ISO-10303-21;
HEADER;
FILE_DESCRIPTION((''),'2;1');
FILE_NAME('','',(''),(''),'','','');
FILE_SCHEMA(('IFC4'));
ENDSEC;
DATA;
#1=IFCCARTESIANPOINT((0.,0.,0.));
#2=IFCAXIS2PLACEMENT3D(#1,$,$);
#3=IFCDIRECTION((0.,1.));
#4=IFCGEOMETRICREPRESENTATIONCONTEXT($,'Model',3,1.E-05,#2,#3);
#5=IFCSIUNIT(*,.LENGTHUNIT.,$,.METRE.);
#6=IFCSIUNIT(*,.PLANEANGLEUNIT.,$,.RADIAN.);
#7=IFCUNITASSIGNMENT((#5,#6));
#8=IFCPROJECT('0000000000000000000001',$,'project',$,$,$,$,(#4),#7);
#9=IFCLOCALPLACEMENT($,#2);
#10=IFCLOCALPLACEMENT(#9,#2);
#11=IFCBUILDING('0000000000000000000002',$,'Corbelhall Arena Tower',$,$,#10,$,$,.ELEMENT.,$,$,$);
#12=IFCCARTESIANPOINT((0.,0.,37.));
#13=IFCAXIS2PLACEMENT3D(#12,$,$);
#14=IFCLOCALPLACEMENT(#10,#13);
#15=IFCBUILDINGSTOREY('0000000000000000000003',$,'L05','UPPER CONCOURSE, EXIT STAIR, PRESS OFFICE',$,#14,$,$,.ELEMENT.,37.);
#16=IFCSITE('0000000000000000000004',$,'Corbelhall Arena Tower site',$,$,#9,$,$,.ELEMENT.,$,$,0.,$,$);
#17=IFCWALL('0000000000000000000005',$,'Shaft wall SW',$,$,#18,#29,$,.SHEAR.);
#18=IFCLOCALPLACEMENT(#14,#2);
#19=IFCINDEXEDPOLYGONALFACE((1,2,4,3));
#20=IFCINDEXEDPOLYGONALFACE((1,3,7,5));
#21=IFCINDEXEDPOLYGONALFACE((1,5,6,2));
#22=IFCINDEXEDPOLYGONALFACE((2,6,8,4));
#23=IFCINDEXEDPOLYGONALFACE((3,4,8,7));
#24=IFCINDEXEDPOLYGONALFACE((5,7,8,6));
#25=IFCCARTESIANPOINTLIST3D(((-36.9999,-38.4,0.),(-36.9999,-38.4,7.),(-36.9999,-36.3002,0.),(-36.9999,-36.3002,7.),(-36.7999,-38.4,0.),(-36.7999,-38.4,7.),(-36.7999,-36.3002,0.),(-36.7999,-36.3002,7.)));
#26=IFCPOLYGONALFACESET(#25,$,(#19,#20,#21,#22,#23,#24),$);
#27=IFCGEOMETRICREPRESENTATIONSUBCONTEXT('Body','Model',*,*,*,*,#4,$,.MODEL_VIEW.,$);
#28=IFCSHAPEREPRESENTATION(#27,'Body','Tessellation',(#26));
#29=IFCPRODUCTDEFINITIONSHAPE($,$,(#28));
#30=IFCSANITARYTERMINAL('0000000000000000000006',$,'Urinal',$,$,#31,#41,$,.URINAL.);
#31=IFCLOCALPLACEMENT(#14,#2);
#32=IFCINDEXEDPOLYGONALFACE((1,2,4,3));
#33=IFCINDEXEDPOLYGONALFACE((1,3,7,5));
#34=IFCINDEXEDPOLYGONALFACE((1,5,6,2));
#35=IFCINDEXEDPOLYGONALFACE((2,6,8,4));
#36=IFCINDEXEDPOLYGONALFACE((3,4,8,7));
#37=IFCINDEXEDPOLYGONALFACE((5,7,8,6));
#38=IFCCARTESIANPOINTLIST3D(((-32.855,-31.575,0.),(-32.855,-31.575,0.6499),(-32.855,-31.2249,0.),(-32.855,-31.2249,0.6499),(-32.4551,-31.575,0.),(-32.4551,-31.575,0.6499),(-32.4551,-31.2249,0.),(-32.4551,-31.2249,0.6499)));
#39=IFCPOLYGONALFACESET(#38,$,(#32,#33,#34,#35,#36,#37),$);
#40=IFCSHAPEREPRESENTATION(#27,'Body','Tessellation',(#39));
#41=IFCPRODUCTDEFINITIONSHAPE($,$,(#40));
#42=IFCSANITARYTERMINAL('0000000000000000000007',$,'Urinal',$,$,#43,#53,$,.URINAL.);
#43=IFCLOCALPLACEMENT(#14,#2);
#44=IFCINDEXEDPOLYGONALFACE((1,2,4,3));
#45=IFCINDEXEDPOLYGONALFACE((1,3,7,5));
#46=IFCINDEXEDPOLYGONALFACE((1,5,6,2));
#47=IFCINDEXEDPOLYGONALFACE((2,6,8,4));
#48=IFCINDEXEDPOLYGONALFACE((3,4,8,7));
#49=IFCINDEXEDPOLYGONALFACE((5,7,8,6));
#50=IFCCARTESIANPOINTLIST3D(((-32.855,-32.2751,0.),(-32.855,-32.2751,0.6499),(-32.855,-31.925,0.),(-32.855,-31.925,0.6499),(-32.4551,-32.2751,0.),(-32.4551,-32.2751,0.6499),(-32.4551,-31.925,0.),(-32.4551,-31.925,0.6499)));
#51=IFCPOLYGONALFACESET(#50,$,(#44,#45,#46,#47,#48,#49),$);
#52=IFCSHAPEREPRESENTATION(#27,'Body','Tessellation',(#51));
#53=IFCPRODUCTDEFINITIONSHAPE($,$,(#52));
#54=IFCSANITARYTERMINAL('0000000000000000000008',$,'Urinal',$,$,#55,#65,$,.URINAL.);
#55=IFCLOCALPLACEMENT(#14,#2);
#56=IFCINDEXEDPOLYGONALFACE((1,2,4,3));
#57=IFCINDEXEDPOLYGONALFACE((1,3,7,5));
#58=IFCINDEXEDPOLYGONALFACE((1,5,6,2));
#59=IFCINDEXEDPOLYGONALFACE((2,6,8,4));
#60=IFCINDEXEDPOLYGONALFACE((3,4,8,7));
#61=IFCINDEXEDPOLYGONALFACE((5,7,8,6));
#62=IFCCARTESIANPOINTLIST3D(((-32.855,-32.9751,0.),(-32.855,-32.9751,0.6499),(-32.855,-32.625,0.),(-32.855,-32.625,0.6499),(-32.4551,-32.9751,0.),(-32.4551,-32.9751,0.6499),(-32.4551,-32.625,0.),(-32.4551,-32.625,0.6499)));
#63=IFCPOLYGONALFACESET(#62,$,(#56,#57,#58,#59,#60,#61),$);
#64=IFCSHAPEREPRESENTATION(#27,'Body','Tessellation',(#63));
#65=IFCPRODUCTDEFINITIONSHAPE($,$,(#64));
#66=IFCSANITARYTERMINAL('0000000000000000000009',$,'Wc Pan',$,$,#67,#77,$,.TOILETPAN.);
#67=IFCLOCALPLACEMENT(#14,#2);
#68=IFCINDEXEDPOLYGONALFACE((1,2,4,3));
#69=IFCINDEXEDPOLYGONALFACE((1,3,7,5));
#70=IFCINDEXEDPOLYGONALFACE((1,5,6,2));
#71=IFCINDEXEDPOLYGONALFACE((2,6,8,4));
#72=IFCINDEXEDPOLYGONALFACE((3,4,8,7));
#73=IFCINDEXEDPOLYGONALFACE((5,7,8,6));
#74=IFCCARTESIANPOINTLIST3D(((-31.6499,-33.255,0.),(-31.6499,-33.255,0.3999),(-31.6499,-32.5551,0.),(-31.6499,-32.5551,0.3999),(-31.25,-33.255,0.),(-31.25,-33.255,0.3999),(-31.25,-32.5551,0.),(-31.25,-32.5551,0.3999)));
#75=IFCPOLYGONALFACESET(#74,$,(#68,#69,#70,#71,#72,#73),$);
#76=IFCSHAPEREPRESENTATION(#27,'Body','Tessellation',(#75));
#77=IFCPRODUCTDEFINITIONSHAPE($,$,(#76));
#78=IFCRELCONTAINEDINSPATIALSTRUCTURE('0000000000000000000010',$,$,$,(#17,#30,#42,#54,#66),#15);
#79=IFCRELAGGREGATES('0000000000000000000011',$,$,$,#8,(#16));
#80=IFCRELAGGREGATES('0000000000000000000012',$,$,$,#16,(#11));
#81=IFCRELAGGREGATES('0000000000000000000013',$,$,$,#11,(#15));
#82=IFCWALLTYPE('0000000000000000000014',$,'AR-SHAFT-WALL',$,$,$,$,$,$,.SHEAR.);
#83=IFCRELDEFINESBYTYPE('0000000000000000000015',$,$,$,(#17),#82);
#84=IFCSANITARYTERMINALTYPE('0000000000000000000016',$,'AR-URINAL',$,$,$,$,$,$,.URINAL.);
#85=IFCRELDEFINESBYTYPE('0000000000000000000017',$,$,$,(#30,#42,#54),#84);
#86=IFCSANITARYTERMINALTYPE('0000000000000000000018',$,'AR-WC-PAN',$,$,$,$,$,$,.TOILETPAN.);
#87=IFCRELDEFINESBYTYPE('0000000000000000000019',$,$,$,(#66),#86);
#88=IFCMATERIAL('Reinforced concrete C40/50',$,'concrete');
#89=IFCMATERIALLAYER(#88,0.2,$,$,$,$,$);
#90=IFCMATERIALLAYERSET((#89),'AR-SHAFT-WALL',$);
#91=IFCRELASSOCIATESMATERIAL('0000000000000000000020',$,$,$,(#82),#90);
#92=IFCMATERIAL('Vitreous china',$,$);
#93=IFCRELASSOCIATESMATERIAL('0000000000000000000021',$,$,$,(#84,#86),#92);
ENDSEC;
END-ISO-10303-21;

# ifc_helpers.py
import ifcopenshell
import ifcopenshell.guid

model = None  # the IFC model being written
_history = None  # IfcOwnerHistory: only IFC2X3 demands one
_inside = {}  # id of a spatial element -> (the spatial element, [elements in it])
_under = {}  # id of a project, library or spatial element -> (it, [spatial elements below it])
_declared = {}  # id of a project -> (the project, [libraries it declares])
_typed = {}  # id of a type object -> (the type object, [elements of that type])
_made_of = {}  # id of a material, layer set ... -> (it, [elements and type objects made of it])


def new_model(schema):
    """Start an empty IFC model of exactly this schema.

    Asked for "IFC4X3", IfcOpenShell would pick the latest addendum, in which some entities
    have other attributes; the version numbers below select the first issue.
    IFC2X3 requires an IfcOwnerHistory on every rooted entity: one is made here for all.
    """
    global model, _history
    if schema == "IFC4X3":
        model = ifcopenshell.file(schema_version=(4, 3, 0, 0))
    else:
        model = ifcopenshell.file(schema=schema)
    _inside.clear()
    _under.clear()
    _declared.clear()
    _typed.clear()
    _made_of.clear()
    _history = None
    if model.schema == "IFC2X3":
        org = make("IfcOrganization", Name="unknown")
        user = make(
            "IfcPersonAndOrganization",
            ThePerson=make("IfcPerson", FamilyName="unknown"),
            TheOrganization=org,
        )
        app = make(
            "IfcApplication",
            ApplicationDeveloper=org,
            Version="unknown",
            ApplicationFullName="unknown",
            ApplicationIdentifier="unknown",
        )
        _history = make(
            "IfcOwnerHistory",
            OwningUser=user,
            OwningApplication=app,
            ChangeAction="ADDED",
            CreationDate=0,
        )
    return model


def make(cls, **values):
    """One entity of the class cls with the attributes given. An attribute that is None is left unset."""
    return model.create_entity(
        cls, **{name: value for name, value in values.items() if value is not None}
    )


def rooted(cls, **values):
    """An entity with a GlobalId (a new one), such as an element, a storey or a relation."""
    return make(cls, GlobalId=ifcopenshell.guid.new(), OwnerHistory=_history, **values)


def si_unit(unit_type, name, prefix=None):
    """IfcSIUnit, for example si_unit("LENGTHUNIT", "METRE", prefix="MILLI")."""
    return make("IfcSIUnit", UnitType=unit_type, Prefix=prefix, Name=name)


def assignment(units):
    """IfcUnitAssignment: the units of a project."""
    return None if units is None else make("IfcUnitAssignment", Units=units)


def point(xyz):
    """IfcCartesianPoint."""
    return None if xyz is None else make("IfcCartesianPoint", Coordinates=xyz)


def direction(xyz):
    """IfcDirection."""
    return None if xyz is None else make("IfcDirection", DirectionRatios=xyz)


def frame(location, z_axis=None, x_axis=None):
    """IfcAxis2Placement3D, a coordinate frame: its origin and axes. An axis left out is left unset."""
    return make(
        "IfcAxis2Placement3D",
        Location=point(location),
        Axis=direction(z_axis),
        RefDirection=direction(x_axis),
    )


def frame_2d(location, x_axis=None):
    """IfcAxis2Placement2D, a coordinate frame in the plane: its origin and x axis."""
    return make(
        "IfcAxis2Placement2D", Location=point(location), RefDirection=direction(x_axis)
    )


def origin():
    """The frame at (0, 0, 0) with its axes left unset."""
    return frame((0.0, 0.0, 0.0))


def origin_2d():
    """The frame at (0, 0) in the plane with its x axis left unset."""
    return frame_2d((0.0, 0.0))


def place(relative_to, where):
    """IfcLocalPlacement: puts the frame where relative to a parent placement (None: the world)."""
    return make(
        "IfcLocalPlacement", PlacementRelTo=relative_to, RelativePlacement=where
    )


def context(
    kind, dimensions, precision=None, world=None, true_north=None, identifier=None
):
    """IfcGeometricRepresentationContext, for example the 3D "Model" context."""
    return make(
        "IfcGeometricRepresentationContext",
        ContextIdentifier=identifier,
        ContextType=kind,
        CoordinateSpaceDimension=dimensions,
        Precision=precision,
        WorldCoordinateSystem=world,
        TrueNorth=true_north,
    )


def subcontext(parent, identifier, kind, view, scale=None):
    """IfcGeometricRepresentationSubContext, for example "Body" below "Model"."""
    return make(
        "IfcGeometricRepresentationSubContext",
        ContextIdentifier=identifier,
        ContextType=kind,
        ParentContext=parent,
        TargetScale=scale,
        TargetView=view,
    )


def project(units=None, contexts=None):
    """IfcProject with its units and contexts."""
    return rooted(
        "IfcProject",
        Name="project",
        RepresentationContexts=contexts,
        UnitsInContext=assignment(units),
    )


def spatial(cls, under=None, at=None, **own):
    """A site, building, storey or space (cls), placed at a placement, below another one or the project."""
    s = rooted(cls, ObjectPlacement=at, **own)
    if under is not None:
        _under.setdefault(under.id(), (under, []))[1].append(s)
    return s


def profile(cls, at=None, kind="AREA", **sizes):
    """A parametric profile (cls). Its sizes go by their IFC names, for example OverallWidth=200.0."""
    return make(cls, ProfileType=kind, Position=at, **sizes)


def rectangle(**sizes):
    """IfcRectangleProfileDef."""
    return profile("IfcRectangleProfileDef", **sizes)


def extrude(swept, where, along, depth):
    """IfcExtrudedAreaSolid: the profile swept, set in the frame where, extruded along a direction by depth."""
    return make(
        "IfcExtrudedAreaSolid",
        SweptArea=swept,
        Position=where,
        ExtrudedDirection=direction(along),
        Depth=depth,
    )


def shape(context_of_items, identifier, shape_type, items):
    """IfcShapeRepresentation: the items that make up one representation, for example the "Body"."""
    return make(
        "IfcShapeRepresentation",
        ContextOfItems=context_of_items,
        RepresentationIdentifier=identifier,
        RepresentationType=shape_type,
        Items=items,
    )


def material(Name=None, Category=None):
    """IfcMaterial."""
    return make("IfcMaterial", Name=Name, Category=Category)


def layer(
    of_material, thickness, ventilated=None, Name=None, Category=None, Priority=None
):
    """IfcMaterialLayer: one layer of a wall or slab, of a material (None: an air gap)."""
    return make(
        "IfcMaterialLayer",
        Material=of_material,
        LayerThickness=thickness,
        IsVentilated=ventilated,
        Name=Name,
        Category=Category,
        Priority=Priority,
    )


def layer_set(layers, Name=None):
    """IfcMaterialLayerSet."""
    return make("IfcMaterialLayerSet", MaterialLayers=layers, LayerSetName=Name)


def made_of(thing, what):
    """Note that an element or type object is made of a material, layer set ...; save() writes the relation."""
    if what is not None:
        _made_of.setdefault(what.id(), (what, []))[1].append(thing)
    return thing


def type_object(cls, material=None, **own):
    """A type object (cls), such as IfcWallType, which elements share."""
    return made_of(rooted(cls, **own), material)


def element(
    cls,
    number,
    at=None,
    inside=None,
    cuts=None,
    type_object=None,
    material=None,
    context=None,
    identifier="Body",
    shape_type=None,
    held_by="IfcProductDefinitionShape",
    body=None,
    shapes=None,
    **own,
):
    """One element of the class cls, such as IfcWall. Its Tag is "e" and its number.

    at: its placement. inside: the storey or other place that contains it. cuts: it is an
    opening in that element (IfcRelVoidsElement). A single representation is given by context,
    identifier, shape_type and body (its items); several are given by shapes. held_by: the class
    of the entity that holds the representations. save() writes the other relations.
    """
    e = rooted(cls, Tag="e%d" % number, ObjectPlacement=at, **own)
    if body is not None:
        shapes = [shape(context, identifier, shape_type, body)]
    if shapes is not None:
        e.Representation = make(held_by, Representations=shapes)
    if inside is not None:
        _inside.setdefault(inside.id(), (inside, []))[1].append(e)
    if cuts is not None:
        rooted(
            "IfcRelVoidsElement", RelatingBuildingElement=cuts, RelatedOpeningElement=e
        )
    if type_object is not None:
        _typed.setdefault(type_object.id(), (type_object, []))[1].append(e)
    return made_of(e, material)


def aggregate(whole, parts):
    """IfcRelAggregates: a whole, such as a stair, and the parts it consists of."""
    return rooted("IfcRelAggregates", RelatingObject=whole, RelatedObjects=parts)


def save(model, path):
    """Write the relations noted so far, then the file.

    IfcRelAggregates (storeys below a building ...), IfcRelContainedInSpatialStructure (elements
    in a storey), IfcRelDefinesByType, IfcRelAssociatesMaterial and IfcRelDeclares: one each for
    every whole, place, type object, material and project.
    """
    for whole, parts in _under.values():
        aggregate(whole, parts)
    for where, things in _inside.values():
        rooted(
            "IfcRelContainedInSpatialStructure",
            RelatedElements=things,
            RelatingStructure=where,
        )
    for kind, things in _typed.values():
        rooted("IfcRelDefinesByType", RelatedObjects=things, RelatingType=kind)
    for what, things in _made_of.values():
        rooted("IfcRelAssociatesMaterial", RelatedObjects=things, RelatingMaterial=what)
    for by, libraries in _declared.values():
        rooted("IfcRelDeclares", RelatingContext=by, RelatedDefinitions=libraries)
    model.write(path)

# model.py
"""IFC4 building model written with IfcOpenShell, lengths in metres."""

from ifc_helpers import new_model, si_unit, direction, frame, frame_2d, origin, origin_2d, place, context, subcontext, project, spatial, rectangle, extrude, material, layer, layer_set, type_object, element, save


model = new_model("IFC4")

# Units and contexts
model_context = context("Model", 3, precision=1e-05, world=origin(), true_north=direction((0.0, 1.0)))
body_context = subcontext(model_context, "Body", "Model", "MODEL_VIEW")
ifc_project = project(units=[si_unit("LENGTHUNIT", "METRE"), si_unit("PLANEANGLEUNIT", "RADIAN")], contexts=[model_context])

# Site, building, storey
site_placement = place(None, origin())
site = spatial("IfcSite", under=ifc_project, at=site_placement, Name="Corbelhall Arena Tower site", CompositionType="ELEMENT", RefElevation=0.0)
building_placement = place(site_placement, origin())
building = spatial("IfcBuilding", under=site, at=building_placement, Name="Corbelhall Arena Tower", CompositionType="ELEMENT")
storey_placement = place(building_placement, frame((0.0, 0.0, 37.0)))
storey = spatial("IfcBuildingStorey", under=building, at=storey_placement, Name="L05", Description="UPPER CONCOURSE, EXIT STAIR, PRESS OFFICE", CompositionType="ELEMENT", Elevation=37.0)

# Wall
ifc_material_1 = material(Name="Reinforced concrete C40/50", Category="concrete")
ifc_layer_1 = layer(ifc_material_1, 0.2)
ifc_layer_set_1 = layer_set([ifc_layer_1], Name="AR-SHAFT-WALL")
wall_type_1 = type_object("IfcWallType", Name="AR-SHAFT-WALL", PredefinedType="SHEAR", material=ifc_layer_set_1)
wall_1_placement = place(storey_placement, frame((-36.8999, -38.3999, 0.0), z_axis=(0.0, 0.0, 1.0), x_axis=(0.0, 1.0, 0.0)))
element("IfcWall", 1, at=wall_1_placement, inside=storey, type_object=wall_type_1, Name="Shaft wall SW", PredefinedType="SHEAR", context=body_context, shape_type="SweptSolid", body=[
    extrude(rectangle(XDim=2.0999, YDim=0.2, at=frame_2d((1.0498, 0.0))), origin(), (0.0, 0.0, 1.0), 7.0),
])

# Sanitary terminals
ifc_material_2 = material(Name="Vitreous china")
sanitary_terminal_type_1 = type_object("IfcSanitaryTerminalType", Name="AR-URINAL", PredefinedType="URINAL", material=ifc_material_2)
for number, where, z_axis, x_axis, name in (
    (2, (-32.655, -31.3999, 0.0), (0.0, 0.0, 1.0), (1.0, 0.0, 0.0), "Urinal"),
    (3, (-32.655, -32.1001, 0.0), (0.0, 0.0, 1.0), (1.0, 0.0, 0.0), "Urinal"),
    (4, (-32.655, -32.8, 0.0), (0.0, 0.0, 1.0), (1.0, 0.0, 0.0), "Urinal"),
):
    element("IfcSanitaryTerminal", number, at=place(storey_placement, frame(where, z_axis=z_axis, x_axis=x_axis)), inside=storey, type_object=sanitary_terminal_type_1, Name=name, PredefinedType="URINAL", context=body_context, shape_type="SweptSolid", body=[
        extrude(rectangle(XDim=0.3999, YDim=0.3501, at=origin_2d()), origin(), (0.0, 0.0, 1.0), 0.6499),
    ])
sanitary_terminal_type_2 = type_object("IfcSanitaryTerminalType", Name="AR-WC-PAN", PredefinedType="TOILETPAN", material=ifc_material_2)
sanitary_terminal_placement = place(storey_placement, frame((-31.45, -32.905, 0.0), z_axis=(0.0, 0.0, 1.0), x_axis=(1.0, 0.0, 0.0)))
element("IfcSanitaryTerminal", 5, at=sanitary_terminal_placement, inside=storey, type_object=sanitary_terminal_type_2, Name="Wc Pan", PredefinedType="TOILETPAN", context=body_context, shape_type="SweptSolid", body=[
    extrude(rectangle(XDim=0.3999, YDim=0.7, at=origin_2d()), origin(), (0.0, 0.0, 1.0), 0.3999),
])

save(model, "model.ifc")
